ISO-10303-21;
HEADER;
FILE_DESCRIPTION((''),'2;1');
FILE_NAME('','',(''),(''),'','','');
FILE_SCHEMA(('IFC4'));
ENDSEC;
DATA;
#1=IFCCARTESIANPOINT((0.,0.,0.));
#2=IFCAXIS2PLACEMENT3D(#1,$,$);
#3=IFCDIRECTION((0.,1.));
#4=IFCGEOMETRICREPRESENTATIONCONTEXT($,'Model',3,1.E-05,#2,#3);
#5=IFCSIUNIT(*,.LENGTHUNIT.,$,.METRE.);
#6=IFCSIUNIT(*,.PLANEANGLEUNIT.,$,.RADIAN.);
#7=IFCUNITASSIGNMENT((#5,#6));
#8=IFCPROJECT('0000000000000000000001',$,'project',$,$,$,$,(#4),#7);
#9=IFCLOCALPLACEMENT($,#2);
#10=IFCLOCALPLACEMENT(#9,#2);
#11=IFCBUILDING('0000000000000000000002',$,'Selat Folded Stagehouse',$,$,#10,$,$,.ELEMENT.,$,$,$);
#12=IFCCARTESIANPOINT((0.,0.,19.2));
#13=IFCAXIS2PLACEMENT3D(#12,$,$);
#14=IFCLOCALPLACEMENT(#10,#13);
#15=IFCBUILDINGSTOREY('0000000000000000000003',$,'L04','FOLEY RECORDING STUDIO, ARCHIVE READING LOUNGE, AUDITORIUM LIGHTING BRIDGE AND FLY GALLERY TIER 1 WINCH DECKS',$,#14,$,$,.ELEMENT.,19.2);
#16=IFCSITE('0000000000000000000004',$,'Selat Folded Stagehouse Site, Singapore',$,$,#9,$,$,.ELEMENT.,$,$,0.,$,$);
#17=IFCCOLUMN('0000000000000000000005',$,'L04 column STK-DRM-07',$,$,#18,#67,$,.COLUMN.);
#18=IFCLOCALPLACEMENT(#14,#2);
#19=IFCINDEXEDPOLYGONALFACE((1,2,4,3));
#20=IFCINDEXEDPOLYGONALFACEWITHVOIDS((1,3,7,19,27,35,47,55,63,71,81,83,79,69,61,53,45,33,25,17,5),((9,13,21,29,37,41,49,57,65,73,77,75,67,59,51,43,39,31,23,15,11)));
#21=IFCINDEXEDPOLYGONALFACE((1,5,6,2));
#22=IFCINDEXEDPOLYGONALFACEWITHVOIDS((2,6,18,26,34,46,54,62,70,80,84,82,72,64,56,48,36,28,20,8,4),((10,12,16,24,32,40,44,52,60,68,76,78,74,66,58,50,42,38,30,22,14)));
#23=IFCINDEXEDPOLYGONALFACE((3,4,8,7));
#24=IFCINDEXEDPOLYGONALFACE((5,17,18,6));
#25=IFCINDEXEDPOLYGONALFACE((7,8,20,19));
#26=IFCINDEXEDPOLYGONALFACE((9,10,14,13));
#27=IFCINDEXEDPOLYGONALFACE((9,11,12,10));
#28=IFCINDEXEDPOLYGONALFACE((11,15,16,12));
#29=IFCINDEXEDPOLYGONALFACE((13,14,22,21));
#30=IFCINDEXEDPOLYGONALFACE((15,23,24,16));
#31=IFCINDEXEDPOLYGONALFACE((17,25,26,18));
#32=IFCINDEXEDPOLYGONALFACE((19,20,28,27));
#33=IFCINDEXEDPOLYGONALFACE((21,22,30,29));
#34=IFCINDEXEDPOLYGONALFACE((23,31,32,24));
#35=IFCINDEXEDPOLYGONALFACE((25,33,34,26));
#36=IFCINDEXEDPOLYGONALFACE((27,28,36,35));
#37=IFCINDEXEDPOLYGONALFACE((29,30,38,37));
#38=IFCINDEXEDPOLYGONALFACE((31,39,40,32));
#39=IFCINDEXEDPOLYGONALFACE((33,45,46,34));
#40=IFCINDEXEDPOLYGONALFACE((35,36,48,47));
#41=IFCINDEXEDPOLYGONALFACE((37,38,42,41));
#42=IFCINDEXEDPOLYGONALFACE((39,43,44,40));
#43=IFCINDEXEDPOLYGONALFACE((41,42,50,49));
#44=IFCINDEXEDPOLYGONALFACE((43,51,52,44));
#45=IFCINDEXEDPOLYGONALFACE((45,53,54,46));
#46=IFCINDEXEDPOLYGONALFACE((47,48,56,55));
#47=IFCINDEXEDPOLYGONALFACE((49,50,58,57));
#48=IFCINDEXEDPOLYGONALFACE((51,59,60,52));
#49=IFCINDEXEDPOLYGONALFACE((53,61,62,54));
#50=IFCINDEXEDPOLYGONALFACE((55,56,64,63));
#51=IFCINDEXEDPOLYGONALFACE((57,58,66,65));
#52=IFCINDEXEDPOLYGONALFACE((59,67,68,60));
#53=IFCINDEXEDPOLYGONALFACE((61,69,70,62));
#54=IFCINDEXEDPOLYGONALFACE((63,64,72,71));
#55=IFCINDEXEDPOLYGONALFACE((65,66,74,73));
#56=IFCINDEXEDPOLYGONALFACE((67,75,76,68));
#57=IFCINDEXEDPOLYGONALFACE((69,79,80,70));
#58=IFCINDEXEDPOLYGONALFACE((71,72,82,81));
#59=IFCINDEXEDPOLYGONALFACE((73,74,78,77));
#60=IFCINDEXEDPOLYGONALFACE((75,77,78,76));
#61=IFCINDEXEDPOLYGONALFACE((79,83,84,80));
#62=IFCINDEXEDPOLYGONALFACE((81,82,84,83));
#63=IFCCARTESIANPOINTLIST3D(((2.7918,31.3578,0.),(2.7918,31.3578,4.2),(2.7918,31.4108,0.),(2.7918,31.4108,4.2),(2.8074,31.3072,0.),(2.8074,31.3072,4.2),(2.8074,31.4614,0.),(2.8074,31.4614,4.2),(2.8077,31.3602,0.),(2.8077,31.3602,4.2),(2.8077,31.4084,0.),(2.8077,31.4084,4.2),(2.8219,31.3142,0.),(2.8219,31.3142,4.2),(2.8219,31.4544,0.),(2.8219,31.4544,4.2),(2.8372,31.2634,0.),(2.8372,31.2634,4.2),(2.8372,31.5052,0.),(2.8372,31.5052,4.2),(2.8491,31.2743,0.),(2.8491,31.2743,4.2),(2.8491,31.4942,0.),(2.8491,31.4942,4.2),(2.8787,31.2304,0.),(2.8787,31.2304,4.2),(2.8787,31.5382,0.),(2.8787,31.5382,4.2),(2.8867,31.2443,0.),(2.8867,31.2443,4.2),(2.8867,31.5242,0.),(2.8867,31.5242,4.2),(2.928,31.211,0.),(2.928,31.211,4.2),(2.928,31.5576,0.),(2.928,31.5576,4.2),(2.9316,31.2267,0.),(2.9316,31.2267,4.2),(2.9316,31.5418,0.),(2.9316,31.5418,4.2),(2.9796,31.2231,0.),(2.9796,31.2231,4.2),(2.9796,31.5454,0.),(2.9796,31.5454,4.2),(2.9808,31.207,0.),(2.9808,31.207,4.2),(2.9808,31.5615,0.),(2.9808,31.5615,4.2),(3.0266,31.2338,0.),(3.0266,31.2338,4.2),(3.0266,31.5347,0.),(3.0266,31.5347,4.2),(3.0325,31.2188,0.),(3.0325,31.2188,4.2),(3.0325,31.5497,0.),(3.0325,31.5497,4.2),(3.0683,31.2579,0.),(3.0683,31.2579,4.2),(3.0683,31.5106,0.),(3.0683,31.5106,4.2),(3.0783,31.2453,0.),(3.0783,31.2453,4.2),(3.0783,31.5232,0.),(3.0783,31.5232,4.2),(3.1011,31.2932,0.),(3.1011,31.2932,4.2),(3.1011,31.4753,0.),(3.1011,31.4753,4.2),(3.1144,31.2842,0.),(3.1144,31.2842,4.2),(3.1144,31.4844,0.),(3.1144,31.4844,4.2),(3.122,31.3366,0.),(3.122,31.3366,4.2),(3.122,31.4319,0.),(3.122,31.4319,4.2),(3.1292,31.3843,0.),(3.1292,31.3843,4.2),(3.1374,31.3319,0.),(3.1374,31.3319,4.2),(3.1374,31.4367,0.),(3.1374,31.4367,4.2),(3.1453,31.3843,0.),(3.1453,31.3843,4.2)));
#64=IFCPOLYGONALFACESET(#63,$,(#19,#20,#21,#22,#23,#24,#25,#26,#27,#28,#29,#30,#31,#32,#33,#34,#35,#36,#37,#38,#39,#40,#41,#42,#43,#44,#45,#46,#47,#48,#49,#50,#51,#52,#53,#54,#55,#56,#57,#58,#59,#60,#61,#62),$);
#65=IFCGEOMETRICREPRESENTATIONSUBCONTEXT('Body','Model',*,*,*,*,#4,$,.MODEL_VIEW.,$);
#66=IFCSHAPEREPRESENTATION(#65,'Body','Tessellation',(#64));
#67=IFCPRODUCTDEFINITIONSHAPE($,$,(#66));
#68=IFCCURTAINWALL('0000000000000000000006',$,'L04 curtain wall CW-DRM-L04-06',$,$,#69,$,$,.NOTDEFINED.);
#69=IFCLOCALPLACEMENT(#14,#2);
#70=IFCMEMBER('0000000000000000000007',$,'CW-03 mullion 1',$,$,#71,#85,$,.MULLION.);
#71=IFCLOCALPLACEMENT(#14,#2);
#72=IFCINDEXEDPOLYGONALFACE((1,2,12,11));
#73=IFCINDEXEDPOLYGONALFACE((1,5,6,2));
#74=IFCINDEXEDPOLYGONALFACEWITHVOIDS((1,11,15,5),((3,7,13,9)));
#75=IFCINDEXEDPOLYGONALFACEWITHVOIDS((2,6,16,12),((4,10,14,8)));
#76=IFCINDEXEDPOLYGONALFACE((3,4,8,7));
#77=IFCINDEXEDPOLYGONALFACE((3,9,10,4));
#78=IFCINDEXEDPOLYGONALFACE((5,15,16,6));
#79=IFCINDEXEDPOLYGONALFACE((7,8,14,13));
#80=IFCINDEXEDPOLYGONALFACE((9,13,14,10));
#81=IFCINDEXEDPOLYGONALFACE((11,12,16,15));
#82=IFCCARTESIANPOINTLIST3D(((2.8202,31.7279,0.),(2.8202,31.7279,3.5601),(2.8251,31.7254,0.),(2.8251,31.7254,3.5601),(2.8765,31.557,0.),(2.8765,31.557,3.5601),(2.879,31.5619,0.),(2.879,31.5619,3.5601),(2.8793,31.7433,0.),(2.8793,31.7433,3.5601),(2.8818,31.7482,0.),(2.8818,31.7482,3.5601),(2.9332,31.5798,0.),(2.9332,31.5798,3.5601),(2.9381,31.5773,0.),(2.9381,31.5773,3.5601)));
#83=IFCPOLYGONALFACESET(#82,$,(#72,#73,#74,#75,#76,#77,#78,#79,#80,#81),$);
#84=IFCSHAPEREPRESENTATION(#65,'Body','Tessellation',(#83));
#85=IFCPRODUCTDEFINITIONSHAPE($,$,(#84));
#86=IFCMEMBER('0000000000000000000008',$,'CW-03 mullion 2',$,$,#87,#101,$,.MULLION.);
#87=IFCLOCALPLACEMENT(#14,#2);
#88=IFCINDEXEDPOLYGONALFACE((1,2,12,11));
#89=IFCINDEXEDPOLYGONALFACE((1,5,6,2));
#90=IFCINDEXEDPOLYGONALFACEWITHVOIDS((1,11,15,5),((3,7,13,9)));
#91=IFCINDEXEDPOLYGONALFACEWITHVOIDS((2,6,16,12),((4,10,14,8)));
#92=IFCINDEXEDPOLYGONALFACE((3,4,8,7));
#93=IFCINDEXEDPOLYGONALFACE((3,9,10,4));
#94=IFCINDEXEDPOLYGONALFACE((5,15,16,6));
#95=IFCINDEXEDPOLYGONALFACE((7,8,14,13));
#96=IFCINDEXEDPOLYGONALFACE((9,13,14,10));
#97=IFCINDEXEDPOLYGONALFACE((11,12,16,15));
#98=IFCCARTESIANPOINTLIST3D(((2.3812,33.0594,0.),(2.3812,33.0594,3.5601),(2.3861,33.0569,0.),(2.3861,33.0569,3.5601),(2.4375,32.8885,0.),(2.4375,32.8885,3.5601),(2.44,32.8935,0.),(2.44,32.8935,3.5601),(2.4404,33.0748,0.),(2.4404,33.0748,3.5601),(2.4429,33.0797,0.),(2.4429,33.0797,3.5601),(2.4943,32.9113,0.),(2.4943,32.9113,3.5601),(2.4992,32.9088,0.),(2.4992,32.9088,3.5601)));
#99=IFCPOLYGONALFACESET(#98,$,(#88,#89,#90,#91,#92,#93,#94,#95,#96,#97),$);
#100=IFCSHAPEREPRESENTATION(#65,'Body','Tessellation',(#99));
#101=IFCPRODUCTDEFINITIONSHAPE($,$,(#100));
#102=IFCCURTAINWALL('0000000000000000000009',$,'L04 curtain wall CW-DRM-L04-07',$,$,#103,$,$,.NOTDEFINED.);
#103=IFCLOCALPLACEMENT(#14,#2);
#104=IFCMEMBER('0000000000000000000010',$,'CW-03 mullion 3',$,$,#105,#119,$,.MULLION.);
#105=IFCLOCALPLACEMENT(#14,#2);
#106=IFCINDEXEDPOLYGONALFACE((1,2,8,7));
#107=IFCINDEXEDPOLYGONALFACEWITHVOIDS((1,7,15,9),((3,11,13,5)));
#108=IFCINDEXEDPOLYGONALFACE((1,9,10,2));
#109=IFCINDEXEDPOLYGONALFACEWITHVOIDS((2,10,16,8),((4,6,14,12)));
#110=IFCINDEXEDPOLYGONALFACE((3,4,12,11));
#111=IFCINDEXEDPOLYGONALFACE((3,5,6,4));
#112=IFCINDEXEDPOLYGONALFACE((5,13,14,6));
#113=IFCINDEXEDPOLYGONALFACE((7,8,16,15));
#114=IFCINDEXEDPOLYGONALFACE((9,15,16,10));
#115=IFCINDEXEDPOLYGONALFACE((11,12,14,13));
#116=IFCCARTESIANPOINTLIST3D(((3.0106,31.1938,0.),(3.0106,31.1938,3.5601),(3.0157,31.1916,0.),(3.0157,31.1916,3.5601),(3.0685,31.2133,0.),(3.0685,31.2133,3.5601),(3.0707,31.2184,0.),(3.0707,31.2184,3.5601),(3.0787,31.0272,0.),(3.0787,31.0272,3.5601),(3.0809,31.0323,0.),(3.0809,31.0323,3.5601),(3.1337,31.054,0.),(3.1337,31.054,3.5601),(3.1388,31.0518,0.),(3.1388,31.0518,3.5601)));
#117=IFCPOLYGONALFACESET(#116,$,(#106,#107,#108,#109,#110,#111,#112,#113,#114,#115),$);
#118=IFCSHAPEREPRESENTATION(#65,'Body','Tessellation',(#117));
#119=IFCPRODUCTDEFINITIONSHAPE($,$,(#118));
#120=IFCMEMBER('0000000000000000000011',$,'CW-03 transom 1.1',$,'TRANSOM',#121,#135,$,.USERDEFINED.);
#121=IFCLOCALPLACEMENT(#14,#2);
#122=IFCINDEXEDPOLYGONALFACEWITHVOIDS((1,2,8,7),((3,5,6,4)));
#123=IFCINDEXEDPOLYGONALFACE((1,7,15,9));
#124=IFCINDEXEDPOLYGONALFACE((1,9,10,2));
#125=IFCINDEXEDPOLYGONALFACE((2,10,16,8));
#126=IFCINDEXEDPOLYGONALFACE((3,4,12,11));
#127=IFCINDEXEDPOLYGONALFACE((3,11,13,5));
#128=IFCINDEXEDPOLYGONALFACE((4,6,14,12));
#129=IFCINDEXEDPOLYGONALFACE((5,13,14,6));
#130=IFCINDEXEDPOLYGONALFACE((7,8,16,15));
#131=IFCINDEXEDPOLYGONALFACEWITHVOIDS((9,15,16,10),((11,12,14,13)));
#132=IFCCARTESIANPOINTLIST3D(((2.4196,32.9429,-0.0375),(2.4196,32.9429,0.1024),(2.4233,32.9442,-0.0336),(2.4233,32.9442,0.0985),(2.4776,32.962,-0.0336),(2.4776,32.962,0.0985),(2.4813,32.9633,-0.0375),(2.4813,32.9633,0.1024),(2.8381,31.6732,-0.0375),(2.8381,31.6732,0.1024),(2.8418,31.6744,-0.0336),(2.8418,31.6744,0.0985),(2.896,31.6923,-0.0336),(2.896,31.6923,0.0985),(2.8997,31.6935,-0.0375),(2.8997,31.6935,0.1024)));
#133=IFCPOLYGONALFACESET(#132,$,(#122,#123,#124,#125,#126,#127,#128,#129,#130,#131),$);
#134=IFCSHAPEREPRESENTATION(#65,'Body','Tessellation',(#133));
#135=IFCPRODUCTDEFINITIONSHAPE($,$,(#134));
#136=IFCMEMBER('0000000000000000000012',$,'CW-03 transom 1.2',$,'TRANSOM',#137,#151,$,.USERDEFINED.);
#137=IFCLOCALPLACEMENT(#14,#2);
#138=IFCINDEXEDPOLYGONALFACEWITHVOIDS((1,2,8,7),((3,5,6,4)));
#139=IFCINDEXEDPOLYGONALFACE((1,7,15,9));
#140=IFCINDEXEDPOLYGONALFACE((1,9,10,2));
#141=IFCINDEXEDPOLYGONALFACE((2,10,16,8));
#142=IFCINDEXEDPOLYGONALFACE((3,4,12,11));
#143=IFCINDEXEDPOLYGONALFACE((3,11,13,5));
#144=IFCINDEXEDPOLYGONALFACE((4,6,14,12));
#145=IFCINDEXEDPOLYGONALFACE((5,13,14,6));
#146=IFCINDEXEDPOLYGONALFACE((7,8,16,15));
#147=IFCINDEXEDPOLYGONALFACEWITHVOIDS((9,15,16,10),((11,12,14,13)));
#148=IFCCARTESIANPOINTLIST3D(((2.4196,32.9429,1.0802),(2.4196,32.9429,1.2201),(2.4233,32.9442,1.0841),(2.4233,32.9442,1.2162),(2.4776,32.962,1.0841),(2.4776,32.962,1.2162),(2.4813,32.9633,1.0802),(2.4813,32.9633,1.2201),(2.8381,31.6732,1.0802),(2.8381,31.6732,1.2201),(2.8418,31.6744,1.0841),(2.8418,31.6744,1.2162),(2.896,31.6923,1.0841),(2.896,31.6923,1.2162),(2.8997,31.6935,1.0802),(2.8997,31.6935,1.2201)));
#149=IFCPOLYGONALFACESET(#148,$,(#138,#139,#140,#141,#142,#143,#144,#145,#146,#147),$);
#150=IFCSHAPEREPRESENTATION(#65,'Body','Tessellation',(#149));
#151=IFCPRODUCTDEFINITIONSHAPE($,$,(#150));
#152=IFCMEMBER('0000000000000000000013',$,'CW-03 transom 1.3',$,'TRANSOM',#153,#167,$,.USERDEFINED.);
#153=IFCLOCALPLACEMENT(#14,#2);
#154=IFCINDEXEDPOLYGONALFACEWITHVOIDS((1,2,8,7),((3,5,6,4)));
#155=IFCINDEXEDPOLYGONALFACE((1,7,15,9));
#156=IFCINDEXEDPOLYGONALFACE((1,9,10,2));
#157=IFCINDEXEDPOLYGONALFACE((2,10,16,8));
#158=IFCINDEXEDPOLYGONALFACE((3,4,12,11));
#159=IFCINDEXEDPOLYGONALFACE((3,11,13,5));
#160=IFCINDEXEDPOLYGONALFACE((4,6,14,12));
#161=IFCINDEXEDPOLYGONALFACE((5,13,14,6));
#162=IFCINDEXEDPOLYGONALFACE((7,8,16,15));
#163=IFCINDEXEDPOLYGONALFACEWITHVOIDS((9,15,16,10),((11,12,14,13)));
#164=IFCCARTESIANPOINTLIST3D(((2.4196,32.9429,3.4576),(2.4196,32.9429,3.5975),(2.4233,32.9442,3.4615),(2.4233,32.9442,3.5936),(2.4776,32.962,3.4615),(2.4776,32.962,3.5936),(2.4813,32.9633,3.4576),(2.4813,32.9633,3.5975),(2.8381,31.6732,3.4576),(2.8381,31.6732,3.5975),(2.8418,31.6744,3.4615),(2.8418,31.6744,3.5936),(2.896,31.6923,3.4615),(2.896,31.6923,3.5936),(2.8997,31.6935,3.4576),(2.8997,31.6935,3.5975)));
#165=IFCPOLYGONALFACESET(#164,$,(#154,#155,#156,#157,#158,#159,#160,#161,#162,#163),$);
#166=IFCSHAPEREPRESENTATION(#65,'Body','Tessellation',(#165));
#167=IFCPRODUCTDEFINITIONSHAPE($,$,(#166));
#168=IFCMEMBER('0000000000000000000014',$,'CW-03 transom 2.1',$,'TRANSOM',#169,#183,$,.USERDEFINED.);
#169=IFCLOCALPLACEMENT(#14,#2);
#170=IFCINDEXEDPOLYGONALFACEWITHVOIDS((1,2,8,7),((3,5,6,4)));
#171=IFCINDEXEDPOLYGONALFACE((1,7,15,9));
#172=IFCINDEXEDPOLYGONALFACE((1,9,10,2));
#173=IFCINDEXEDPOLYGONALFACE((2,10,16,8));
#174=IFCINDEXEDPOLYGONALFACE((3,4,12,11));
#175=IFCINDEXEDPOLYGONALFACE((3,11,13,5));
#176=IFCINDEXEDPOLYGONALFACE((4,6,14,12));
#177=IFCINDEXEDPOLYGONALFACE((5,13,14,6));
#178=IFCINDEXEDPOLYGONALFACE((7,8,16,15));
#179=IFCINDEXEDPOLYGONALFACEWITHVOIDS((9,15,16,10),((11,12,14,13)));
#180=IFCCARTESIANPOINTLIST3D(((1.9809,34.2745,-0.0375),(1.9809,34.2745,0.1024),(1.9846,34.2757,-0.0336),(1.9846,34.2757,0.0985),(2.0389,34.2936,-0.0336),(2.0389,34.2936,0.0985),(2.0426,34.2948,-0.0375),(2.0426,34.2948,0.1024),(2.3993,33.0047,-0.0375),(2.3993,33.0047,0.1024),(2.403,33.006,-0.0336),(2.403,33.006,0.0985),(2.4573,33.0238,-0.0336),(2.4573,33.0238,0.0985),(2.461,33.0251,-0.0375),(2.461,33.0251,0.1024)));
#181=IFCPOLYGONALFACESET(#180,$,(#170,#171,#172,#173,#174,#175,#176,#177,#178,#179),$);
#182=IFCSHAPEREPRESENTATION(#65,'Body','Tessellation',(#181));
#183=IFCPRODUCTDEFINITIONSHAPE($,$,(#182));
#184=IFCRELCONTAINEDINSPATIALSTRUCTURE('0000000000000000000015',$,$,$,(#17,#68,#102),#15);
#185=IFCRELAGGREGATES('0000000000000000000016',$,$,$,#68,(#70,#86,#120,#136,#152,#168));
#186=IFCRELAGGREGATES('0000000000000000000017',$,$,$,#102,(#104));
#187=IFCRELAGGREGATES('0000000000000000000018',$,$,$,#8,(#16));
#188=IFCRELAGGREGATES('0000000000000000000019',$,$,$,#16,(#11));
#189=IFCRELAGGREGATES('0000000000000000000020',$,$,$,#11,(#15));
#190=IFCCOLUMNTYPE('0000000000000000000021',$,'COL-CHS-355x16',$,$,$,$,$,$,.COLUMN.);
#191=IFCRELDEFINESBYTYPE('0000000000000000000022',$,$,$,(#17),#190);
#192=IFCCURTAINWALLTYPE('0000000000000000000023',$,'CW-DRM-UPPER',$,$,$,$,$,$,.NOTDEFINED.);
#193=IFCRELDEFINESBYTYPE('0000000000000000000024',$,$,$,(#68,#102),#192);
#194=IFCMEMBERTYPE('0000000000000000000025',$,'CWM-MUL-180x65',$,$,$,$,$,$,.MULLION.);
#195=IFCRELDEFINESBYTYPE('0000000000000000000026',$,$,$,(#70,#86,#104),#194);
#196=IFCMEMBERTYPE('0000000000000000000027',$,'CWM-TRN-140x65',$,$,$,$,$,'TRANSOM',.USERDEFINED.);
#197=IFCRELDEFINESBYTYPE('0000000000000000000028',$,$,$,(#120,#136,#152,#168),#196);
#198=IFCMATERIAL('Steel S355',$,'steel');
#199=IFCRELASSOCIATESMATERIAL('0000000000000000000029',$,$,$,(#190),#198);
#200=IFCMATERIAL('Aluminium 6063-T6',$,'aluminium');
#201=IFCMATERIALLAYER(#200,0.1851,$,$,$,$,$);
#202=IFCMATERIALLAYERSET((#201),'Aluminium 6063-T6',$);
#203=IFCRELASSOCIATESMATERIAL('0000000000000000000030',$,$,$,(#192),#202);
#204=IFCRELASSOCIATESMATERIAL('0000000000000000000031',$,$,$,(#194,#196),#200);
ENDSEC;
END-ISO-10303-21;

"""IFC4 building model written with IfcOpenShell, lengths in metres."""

from ifc_helpers import new_model, si_unit, direction, frame, origin, origin_2d, place, context, subcontext, project, spatial, hollow_rectangle, hollow_circle, extrude, material, layer, layer_set, material_profile, profile_set, type_object, element, aggregate, save


model = new_model("IFC4")

# Units and contexts
model_context = context("Model", 3, precision=1e-05, world=origin(), true_north=direction((0.0, 1.0)))
body_context = subcontext(model_context, "Body", "Model", "MODEL_VIEW")
ifc_project = project(units=[si_unit("LENGTHUNIT", "METRE"), si_unit("PLANEANGLEUNIT", "RADIAN")], contexts=[model_context])

# Site, building, storey
site_placement = place(None, origin())
site = spatial("IfcSite", under=ifc_project, at=site_placement, Name="Selat Folded Stagehouse Site, Singapore", CompositionType="ELEMENT", RefElevation=0.0)
building_placement = place(site_placement, origin())
building = spatial("IfcBuilding", under=site, at=building_placement, Name="Selat Folded Stagehouse", CompositionType="ELEMENT")
storey_placement = place(building_placement, frame((0.0, 0.0, 19.2)))
storey = spatial("IfcBuildingStorey", under=building, at=storey_placement, Name="L04", Description="FOLEY RECORDING STUDIO, ARCHIVE READING LOUNGE, AUDITORIUM LIGHTING BRIDGE AND FLY GALLERY TIER 1 WINCH DECKS", CompositionType="ELEMENT", Elevation=19.2)

# Column
ifc_material_1 = material(Name="Steel S355", Category="steel")
ifc_material_profile_1 = material_profile(ifc_material_1, hollow_circle(Radius=0.1777, WallThickness=0.0161, at=origin_2d()), Name="CHS 355.6x16.0")
ifc_profile_set_1 = profile_set([ifc_material_profile_1], Name="Steel S355")
column_type = type_object("IfcColumnType", Name="COL-CHS-355x16", PredefinedType="COLUMN", material=ifc_profile_set_1)
column_placement = place(storey_placement, frame((2.9675, 31.3843, 0.0), z_axis=(0.0, 0.0, 1.0), x_axis=(1.0, 0.0, 0.0)))
element("IfcColumn", 1, at=column_placement, inside=storey, type_object=column_type, Name="L04 column STK-DRM-07", PredefinedType="COLUMN", context=body_context, shape_type="SweptSolid", body=[
    extrude(hollow_circle(Radius=0.1777, WallThickness=0.0161, at=origin_2d()), origin(), (0.0, 0.0, 1.0), 4.2),
])

# Curtain wall, members
ifc_material_2 = material(Name="Aluminium 6063-T6", Category="aluminium")
ifc_layer_1 = layer(ifc_material_2, 0.1851)
ifc_layer_set_1 = layer_set([ifc_layer_1], Name="Aluminium 6063-T6")
curtain_wall_type = type_object("IfcCurtainWallType", Name="CW-DRM-UPPER", PredefinedType="NOTDEFINED", material=ifc_layer_set_1)
curtain_wall_1_placement = place(storey_placement, origin())
curtain_wall_1 = element("IfcCurtainWall", 2, at=curtain_wall_1_placement, inside=storey, type_object=curtain_wall_type, Name="L04 curtain wall CW-DRM-L04-06", PredefinedType="NOTDEFINED")
ifc_material_profile_2 = material_profile(ifc_material_2, hollow_rectangle(XDim=0.0649, YDim=0.1799, WallThickness=0.0039, at=origin_2d()), Name="ALU 180x65x4.0")
ifc_profile_set_2 = profile_set([ifc_material_profile_2], Name="Aluminium 6063-T6")
member_type_1 = type_object("IfcMemberType", Name="CWM-MUL-180x65", PredefinedType="MULLION", material=ifc_profile_set_2)
member_1_placement = place(storey_placement, frame((2.8792, 31.6526, 0.0), z_axis=(0.0, 0.0, 1.0), x_axis=(-0.949755, -0.312995, 0.0)))
member_1 = element("IfcMember", 3, at=member_1_placement, type_object=member_type_1, Name="CW-03 mullion 1", PredefinedType="MULLION", context=body_context, shape_type="SweptSolid", body=[
    extrude(hollow_rectangle(XDim=0.0649, YDim=0.1799, WallThickness=0.0039, at=origin_2d()), origin(), (0.0, 0.0, 1.0), 3.5601),
])
member_2_placement = place(storey_placement, frame((2.4402, 32.9841, 0.0), z_axis=(0.0, 0.0, 1.0), x_axis=(-0.949755, -0.312995, 0.0)))
member_2 = element("IfcMember", 4, at=member_2_placement, type_object=member_type_1, Name="CW-03 mullion 2", PredefinedType="MULLION", context=body_context, shape_type="SweptSolid", body=[
    extrude(hollow_rectangle(XDim=0.0649, YDim=0.1799, WallThickness=0.0039, at=origin_2d()), origin(), (0.0, 0.0, 1.0), 3.5601),
])

# Curtain wall, member
curtain_wall_2_placement = place(storey_placement, origin())
curtain_wall_2 = element("IfcCurtainWall", 5, at=curtain_wall_2_placement, inside=storey, type_object=curtain_wall_type, Name="L04 curtain wall CW-DRM-L04-07", PredefinedType="NOTDEFINED")
member_3_placement = place(storey_placement, frame((3.0747, 31.1228, 0.0), z_axis=(0.0, 0.0, 1.0), x_axis=(-0.925441, -0.378891, 0.0)))
member_3 = element("IfcMember", 6, at=member_3_placement, type_object=member_type_1, Name="CW-03 mullion 3", PredefinedType="MULLION", context=body_context, shape_type="SweptSolid", body=[
    extrude(hollow_rectangle(XDim=0.0649, YDim=0.1799, WallThickness=0.0039, at=origin_2d()), origin(), (0.0, 0.0, 1.0), 3.5601),
])

# Members
ifc_material_profile_3 = material_profile(ifc_material_2, hollow_rectangle(XDim=0.0649, YDim=0.1399, WallThickness=0.0039, at=origin_2d()), Name="ALU 140x65x4.0")
ifc_profile_set_3 = profile_set([ifc_material_profile_3], Name="Aluminium 6063-T6")
member_type_2 = type_object("IfcMemberType", Name="CWM-TRN-140x65", ElementType="TRANSOM", PredefinedType="USERDEFINED", material=ifc_profile_set_3)
member_4_placement = place(storey_placement, frame((2.8689, 31.6833, 0.0325), z_axis=(-0.312994, 0.949755, 0.0), x_axis=(-0.949755, -0.312994, 0.0)))
member_4 = element("IfcMember", 7, at=member_4_placement, type_object=member_type_2, Name="CW-03 transom 1.1", ObjectType="TRANSOM", PredefinedType="USERDEFINED", context=body_context, shape_type="SweptSolid", body=[
    extrude(hollow_rectangle(XDim=0.0649, YDim=0.1399, WallThickness=0.0039, at=origin_2d()), origin(), (0.0, 0.0, 1.0), 1.3369),
])
member_5_placement = place(storey_placement, frame((2.8689, 31.6833, 1.1501), z_axis=(-0.312994, 0.949755, 0.0), x_axis=(-0.949755, -0.312994, 0.0)))
member_5 = element("IfcMember", 8, at=member_5_placement, type_object=member_type_2, Name="CW-03 transom 1.2", ObjectType="TRANSOM", PredefinedType="USERDEFINED", context=body_context, shape_type="SweptSolid", body=[
    extrude(hollow_rectangle(XDim=0.0649, YDim=0.1399, WallThickness=0.0039, at=origin_2d()), origin(), (0.0, 0.0, 1.0), 1.3369),
])
member_6_placement = place(storey_placement, frame((2.8689, 31.6833, 3.5276), z_axis=(-0.312994, 0.949755, 0.0), x_axis=(-0.949755, -0.312994, 0.0)))
member_6 = element("IfcMember", 9, at=member_6_placement, type_object=member_type_2, Name="CW-03 transom 1.3", ObjectType="TRANSOM", PredefinedType="USERDEFINED", context=body_context, shape_type="SweptSolid", body=[
    extrude(hollow_rectangle(XDim=0.0649, YDim=0.1399, WallThickness=0.0039, at=origin_2d()), origin(), (0.0, 0.0, 1.0), 1.3369),
])
member_7_placement = place(storey_placement, frame((2.4302, 33.0149, 0.0325), z_axis=(-0.312994, 0.949755, 0.0), x_axis=(-0.949755, -0.312994, 0.0)))
member_7 = element("IfcMember", 10, at=member_7_placement, type_object=member_type_2, Name="CW-03 transom 2.1", ObjectType="TRANSOM", PredefinedType="USERDEFINED", context=body_context, shape_type="SweptSolid", body=[
    extrude(hollow_rectangle(XDim=0.0649, YDim=0.1399, WallThickness=0.0039, at=origin_2d()), origin(), (0.0, 0.0, 1.0), 1.3369),
])

aggregate(curtain_wall_1, [member_1, member_2, member_4, member_5, member_6, member_7])
aggregate(curtain_wall_2, [member_3])

save(model, "model.ifc")
